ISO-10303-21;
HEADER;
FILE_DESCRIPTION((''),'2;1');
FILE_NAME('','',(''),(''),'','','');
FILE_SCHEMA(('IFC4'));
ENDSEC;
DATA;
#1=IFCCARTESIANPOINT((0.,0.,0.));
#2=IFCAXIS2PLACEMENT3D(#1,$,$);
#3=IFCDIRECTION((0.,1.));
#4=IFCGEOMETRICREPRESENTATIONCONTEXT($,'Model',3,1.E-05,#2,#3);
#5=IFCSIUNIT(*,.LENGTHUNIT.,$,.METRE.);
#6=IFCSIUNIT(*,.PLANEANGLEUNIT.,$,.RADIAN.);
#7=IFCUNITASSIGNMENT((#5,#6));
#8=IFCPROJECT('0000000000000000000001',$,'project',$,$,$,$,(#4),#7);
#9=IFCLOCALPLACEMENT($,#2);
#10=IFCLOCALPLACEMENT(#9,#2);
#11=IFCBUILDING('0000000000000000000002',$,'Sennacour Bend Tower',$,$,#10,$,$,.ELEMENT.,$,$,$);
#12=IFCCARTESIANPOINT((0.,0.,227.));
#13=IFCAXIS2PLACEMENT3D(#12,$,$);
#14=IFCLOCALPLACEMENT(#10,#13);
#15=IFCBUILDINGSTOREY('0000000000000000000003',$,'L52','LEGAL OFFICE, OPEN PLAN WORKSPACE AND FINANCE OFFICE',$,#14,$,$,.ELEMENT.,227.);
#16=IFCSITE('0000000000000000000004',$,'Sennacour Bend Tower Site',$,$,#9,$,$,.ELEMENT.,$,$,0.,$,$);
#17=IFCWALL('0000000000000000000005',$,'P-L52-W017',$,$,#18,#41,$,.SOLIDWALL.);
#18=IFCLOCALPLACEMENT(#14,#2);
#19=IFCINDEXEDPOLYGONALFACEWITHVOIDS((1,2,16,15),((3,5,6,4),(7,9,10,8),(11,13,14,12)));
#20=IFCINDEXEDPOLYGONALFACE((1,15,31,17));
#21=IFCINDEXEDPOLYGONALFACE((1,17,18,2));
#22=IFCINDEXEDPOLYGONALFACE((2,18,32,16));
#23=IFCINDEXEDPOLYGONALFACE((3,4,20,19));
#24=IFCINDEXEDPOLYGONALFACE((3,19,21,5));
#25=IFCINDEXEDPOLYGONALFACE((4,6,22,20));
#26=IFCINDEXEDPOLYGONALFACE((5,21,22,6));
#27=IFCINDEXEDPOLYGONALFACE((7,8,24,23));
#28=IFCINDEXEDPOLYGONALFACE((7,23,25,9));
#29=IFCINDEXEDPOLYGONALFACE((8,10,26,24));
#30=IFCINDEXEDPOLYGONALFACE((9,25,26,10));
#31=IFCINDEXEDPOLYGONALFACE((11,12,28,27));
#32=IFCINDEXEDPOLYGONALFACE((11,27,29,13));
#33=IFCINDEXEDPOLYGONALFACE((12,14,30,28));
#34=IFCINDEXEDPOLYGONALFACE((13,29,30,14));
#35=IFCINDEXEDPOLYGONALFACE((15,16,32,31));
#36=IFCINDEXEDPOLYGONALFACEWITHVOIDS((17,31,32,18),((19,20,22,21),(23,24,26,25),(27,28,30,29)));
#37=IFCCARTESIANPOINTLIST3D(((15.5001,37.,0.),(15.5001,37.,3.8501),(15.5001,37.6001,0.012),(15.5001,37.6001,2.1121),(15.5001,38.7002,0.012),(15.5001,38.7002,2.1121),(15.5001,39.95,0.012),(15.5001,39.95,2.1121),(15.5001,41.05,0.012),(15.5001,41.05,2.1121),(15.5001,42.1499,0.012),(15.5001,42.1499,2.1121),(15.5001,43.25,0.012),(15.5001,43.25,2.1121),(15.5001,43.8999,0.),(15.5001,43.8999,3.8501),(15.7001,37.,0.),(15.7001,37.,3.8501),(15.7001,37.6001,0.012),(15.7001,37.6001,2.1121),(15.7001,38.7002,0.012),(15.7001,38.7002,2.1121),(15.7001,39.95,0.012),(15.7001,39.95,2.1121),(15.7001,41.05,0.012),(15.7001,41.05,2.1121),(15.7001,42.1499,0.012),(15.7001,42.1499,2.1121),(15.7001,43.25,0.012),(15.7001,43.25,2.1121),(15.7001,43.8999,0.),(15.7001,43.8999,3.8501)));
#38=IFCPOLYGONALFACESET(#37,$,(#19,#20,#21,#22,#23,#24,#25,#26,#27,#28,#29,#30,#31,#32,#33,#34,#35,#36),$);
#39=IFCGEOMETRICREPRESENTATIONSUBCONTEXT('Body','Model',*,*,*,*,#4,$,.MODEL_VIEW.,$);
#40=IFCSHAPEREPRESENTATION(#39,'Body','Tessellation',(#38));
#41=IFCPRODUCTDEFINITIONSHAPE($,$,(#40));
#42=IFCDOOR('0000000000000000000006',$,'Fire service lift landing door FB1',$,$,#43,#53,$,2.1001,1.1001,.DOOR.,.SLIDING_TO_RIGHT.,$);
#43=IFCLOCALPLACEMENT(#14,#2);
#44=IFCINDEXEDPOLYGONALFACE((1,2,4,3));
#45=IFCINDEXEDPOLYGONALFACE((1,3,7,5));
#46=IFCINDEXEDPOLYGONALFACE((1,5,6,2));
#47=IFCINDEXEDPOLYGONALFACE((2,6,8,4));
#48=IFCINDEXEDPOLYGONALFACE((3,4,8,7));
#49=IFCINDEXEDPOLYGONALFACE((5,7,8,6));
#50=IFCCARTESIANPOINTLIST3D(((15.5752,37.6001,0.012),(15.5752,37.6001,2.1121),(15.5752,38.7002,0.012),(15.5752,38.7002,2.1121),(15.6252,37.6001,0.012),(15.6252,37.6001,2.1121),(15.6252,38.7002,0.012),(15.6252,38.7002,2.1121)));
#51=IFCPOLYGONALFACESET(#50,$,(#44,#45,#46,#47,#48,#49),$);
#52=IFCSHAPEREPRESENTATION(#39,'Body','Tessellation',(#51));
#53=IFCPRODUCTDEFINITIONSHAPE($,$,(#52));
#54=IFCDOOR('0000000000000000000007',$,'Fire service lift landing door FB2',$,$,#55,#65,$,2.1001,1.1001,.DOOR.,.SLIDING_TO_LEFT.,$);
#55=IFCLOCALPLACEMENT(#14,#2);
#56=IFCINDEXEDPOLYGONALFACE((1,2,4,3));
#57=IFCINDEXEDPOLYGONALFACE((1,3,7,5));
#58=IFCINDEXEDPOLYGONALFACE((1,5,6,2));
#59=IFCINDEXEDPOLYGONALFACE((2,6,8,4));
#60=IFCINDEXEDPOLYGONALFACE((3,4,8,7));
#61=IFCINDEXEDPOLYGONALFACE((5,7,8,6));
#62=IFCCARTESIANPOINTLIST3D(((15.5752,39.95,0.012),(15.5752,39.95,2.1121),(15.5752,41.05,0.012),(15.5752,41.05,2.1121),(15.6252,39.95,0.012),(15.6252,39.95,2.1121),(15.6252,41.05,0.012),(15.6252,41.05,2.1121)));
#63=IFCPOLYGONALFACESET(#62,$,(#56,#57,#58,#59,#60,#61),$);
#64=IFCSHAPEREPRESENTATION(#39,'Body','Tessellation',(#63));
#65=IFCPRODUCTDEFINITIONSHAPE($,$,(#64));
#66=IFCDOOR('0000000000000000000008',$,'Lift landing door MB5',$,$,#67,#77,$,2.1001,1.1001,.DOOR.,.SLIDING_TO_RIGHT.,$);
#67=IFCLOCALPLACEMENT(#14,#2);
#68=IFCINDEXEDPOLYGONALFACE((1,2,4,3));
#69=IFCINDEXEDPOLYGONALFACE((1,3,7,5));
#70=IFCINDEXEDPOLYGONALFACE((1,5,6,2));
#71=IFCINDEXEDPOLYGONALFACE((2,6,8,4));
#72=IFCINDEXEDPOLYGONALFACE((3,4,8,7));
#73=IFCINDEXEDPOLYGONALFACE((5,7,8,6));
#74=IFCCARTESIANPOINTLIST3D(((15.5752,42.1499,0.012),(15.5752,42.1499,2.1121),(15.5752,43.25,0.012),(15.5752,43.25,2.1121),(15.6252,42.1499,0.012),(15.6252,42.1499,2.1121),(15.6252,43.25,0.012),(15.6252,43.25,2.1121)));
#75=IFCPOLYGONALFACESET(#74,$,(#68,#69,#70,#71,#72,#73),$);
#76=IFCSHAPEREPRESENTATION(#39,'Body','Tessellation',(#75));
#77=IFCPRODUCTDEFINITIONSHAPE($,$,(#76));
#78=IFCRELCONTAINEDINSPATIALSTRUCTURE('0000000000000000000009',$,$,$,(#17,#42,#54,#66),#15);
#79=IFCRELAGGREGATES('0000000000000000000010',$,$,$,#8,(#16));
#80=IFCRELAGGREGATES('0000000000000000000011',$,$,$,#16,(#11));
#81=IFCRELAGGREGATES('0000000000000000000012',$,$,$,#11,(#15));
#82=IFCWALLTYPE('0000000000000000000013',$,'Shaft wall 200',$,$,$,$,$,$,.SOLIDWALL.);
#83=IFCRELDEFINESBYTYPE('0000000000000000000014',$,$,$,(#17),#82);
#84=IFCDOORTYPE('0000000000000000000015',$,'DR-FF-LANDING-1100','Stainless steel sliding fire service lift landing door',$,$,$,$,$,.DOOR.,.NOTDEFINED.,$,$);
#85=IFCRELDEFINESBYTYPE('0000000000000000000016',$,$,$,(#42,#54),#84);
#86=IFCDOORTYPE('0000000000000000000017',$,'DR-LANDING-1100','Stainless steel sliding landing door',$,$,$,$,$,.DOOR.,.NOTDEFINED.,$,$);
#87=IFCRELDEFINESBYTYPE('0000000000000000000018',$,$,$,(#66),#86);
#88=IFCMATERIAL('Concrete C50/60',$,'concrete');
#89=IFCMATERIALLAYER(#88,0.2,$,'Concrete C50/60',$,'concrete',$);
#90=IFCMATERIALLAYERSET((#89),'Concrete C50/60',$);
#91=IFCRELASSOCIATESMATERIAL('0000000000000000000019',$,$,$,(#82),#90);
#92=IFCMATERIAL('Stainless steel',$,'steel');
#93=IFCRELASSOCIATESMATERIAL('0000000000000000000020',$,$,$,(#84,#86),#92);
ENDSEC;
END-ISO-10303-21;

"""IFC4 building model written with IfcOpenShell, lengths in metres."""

from ifc_helpers import new_model, si_unit, direction, frame, frame_2d, origin, place, context, subcontext, project, spatial, rectangle, extrude, material, layer, layer_set, type_object, element, fill, save


model = new_model("IFC4")

# Units and contexts
model_context = context("Model", 3, precision=1e-05, world=origin(), true_north=direction((0.0, 1.0)))
body_context = subcontext(model_context, "Body", "Model", "MODEL_VIEW")
ifc_project = project(units=[si_unit("LENGTHUNIT", "METRE"), si_unit("PLANEANGLEUNIT", "RADIAN")], contexts=[model_context])

# Site, building, storey
site_placement = place(None, origin())
site = spatial("IfcSite", under=ifc_project, at=site_placement, Name="Sennacour Bend Tower Site", CompositionType="ELEMENT", RefElevation=0.0)
building_placement = place(site_placement, origin())
building = spatial("IfcBuilding", under=site, at=building_placement, Name="Sennacour Bend Tower", CompositionType="ELEMENT")
storey_placement = place(building_placement, frame((0.0, 0.0, 227.0)))
storey = spatial("IfcBuildingStorey", under=building, at=storey_placement, Name="L52", Description="LEGAL OFFICE, OPEN PLAN WORKSPACE AND FINANCE OFFICE", CompositionType="ELEMENT", Elevation=227.0)

# Wall, openings, doors
ifc_material_1 = material(Name="Concrete C50/60", Category="concrete")
ifc_layer_1 = layer(ifc_material_1, 0.2, Name="Concrete C50/60", Category="concrete")
ifc_layer_set_1 = layer_set([ifc_layer_1], Name="Concrete C50/60")
wall_type_1 = type_object("IfcWallType", Name="Shaft wall 200", PredefinedType="SOLIDWALL", material=ifc_layer_set_1)
wall_1_placement = place(storey_placement, frame((15.6001, 37.0, 0.0), z_axis=(0.0, 0.0, 1.0), x_axis=(0.0, 1.0, 0.0)))
wall_1 = element("IfcWall", 1, at=wall_1_placement, inside=storey, type_object=wall_type_1, Name="P-L52-W017", PredefinedType="SOLIDWALL", context=body_context, shape_type="SweptSolid", body=[
    extrude(rectangle(XDim=6.8999, YDim=0.2, at=frame_2d((3.45, 0.0))), origin(), (0.0, 0.0, 1.0), 3.8501),
])
opening_1_placement = place(wall_1_placement, frame((0.6001, 0.0, 0.012)))
opening_1 = element("IfcOpeningElement", 2, at=opening_1_placement, cuts=wall_1, PredefinedType="OPENING", context=body_context, shape_type="SweptSolid", body=[
    extrude(rectangle(XDim=1.1001, YDim=2.1001, at=frame_2d((0.55, 1.05))), frame((0.0, 0.1099, 0.0), z_axis=(0.0, -1.0, 0.0), x_axis=(1.0, 0.0, 0.0)), (0.0, 0.0, 1.0), 0.22),
])
opening_2_placement = place(wall_1_placement, frame((2.95, 0.0, 0.012)))
opening_2 = element("IfcOpeningElement", 3, at=opening_2_placement, cuts=wall_1, PredefinedType="OPENING", context=body_context, shape_type="SweptSolid", body=[
    extrude(rectangle(XDim=1.1001, YDim=2.1001, at=frame_2d((0.55, 1.05))), frame((0.0, 0.1099, 0.0), z_axis=(0.0, -1.0, 0.0), x_axis=(1.0, 0.0, 0.0)), (0.0, 0.0, 1.0), 0.22),
])
opening_3_placement = place(wall_1_placement, frame((5.1499, 0.0, 0.012)))
opening_3 = element("IfcOpeningElement", 4, at=opening_3_placement, cuts=wall_1, PredefinedType="OPENING", context=body_context, shape_type="SweptSolid", body=[
    extrude(rectangle(XDim=1.1001, YDim=2.1001, at=frame_2d((0.55, 1.05))), frame((0.0, 0.1099, 0.0), z_axis=(0.0, -1.0, 0.0), x_axis=(1.0, 0.0, 0.0)), (0.0, 0.0, 1.0), 0.22),
])
ifc_material_2 = material(Name="Stainless steel", Category="steel")
door_type_1 = type_object("IfcDoorType", Name="DR-FF-LANDING-1100", Description="Stainless steel sliding fire service lift landing door", OperationType="NOTDEFINED", PredefinedType="DOOR", material=ifc_material_2)
door_1_placement = place(opening_1_placement, origin())
door_1 = element("IfcDoor", 5, at=door_1_placement, inside=storey, type_object=door_type_1, Name="Fire service lift landing door FB1", OperationType="SLIDING_TO_RIGHT", OverallHeight=2.1001, OverallWidth=1.1001, PredefinedType="DOOR", context=body_context, shape_type="SweptSolid", body=[
    extrude(rectangle(XDim=1.1001, YDim=2.1001, at=frame_2d((0.55, 1.05))), frame((0.0, 0.0249, 0.0), z_axis=(0.0, -1.0, 0.0), x_axis=(1.0, 0.0, 0.0)), (0.0, 0.0, 1.0), 0.05),
])
fill(opening_1, door_1)
door_2_placement = place(opening_2_placement, origin())
door_2 = element("IfcDoor", 6, at=door_2_placement, inside=storey, type_object=door_type_1, Name="Fire service lift landing door FB2", OperationType="SLIDING_TO_LEFT", OverallHeight=2.1001, OverallWidth=1.1001, PredefinedType="DOOR", context=body_context, shape_type="SweptSolid", body=[
    extrude(rectangle(XDim=1.1001, YDim=2.1001, at=frame_2d((0.55, 1.05))), frame((0.0, 0.0249, 0.0), z_axis=(0.0, -1.0, 0.0), x_axis=(1.0, 0.0, 0.0)), (0.0, 0.0, 1.0), 0.05),
])
fill(opening_2, door_2)
door_type_2 = type_object("IfcDoorType", Name="DR-LANDING-1100", Description="Stainless steel sliding landing door", OperationType="NOTDEFINED", PredefinedType="DOOR", material=ifc_material_2)
door_3_placement = place(opening_3_placement, origin())
door_3 = element("IfcDoor", 7, at=door_3_placement, inside=storey, type_object=door_type_2, Name="Lift landing door MB5", OperationType="SLIDING_TO_RIGHT", OverallHeight=2.1001, OverallWidth=1.1001, PredefinedType="DOOR", context=body_context, shape_type="SweptSolid", body=[
    extrude(rectangle(XDim=1.1001, YDim=2.1001, at=frame_2d((0.55, 1.05))), frame((0.0, 0.0249, 0.0), z_axis=(0.0, -1.0, 0.0), x_axis=(1.0, 0.0, 0.0)), (0.0, 0.0, 1.0), 0.05),
])
fill(opening_3, door_3)

save(model, "model.ifc")
